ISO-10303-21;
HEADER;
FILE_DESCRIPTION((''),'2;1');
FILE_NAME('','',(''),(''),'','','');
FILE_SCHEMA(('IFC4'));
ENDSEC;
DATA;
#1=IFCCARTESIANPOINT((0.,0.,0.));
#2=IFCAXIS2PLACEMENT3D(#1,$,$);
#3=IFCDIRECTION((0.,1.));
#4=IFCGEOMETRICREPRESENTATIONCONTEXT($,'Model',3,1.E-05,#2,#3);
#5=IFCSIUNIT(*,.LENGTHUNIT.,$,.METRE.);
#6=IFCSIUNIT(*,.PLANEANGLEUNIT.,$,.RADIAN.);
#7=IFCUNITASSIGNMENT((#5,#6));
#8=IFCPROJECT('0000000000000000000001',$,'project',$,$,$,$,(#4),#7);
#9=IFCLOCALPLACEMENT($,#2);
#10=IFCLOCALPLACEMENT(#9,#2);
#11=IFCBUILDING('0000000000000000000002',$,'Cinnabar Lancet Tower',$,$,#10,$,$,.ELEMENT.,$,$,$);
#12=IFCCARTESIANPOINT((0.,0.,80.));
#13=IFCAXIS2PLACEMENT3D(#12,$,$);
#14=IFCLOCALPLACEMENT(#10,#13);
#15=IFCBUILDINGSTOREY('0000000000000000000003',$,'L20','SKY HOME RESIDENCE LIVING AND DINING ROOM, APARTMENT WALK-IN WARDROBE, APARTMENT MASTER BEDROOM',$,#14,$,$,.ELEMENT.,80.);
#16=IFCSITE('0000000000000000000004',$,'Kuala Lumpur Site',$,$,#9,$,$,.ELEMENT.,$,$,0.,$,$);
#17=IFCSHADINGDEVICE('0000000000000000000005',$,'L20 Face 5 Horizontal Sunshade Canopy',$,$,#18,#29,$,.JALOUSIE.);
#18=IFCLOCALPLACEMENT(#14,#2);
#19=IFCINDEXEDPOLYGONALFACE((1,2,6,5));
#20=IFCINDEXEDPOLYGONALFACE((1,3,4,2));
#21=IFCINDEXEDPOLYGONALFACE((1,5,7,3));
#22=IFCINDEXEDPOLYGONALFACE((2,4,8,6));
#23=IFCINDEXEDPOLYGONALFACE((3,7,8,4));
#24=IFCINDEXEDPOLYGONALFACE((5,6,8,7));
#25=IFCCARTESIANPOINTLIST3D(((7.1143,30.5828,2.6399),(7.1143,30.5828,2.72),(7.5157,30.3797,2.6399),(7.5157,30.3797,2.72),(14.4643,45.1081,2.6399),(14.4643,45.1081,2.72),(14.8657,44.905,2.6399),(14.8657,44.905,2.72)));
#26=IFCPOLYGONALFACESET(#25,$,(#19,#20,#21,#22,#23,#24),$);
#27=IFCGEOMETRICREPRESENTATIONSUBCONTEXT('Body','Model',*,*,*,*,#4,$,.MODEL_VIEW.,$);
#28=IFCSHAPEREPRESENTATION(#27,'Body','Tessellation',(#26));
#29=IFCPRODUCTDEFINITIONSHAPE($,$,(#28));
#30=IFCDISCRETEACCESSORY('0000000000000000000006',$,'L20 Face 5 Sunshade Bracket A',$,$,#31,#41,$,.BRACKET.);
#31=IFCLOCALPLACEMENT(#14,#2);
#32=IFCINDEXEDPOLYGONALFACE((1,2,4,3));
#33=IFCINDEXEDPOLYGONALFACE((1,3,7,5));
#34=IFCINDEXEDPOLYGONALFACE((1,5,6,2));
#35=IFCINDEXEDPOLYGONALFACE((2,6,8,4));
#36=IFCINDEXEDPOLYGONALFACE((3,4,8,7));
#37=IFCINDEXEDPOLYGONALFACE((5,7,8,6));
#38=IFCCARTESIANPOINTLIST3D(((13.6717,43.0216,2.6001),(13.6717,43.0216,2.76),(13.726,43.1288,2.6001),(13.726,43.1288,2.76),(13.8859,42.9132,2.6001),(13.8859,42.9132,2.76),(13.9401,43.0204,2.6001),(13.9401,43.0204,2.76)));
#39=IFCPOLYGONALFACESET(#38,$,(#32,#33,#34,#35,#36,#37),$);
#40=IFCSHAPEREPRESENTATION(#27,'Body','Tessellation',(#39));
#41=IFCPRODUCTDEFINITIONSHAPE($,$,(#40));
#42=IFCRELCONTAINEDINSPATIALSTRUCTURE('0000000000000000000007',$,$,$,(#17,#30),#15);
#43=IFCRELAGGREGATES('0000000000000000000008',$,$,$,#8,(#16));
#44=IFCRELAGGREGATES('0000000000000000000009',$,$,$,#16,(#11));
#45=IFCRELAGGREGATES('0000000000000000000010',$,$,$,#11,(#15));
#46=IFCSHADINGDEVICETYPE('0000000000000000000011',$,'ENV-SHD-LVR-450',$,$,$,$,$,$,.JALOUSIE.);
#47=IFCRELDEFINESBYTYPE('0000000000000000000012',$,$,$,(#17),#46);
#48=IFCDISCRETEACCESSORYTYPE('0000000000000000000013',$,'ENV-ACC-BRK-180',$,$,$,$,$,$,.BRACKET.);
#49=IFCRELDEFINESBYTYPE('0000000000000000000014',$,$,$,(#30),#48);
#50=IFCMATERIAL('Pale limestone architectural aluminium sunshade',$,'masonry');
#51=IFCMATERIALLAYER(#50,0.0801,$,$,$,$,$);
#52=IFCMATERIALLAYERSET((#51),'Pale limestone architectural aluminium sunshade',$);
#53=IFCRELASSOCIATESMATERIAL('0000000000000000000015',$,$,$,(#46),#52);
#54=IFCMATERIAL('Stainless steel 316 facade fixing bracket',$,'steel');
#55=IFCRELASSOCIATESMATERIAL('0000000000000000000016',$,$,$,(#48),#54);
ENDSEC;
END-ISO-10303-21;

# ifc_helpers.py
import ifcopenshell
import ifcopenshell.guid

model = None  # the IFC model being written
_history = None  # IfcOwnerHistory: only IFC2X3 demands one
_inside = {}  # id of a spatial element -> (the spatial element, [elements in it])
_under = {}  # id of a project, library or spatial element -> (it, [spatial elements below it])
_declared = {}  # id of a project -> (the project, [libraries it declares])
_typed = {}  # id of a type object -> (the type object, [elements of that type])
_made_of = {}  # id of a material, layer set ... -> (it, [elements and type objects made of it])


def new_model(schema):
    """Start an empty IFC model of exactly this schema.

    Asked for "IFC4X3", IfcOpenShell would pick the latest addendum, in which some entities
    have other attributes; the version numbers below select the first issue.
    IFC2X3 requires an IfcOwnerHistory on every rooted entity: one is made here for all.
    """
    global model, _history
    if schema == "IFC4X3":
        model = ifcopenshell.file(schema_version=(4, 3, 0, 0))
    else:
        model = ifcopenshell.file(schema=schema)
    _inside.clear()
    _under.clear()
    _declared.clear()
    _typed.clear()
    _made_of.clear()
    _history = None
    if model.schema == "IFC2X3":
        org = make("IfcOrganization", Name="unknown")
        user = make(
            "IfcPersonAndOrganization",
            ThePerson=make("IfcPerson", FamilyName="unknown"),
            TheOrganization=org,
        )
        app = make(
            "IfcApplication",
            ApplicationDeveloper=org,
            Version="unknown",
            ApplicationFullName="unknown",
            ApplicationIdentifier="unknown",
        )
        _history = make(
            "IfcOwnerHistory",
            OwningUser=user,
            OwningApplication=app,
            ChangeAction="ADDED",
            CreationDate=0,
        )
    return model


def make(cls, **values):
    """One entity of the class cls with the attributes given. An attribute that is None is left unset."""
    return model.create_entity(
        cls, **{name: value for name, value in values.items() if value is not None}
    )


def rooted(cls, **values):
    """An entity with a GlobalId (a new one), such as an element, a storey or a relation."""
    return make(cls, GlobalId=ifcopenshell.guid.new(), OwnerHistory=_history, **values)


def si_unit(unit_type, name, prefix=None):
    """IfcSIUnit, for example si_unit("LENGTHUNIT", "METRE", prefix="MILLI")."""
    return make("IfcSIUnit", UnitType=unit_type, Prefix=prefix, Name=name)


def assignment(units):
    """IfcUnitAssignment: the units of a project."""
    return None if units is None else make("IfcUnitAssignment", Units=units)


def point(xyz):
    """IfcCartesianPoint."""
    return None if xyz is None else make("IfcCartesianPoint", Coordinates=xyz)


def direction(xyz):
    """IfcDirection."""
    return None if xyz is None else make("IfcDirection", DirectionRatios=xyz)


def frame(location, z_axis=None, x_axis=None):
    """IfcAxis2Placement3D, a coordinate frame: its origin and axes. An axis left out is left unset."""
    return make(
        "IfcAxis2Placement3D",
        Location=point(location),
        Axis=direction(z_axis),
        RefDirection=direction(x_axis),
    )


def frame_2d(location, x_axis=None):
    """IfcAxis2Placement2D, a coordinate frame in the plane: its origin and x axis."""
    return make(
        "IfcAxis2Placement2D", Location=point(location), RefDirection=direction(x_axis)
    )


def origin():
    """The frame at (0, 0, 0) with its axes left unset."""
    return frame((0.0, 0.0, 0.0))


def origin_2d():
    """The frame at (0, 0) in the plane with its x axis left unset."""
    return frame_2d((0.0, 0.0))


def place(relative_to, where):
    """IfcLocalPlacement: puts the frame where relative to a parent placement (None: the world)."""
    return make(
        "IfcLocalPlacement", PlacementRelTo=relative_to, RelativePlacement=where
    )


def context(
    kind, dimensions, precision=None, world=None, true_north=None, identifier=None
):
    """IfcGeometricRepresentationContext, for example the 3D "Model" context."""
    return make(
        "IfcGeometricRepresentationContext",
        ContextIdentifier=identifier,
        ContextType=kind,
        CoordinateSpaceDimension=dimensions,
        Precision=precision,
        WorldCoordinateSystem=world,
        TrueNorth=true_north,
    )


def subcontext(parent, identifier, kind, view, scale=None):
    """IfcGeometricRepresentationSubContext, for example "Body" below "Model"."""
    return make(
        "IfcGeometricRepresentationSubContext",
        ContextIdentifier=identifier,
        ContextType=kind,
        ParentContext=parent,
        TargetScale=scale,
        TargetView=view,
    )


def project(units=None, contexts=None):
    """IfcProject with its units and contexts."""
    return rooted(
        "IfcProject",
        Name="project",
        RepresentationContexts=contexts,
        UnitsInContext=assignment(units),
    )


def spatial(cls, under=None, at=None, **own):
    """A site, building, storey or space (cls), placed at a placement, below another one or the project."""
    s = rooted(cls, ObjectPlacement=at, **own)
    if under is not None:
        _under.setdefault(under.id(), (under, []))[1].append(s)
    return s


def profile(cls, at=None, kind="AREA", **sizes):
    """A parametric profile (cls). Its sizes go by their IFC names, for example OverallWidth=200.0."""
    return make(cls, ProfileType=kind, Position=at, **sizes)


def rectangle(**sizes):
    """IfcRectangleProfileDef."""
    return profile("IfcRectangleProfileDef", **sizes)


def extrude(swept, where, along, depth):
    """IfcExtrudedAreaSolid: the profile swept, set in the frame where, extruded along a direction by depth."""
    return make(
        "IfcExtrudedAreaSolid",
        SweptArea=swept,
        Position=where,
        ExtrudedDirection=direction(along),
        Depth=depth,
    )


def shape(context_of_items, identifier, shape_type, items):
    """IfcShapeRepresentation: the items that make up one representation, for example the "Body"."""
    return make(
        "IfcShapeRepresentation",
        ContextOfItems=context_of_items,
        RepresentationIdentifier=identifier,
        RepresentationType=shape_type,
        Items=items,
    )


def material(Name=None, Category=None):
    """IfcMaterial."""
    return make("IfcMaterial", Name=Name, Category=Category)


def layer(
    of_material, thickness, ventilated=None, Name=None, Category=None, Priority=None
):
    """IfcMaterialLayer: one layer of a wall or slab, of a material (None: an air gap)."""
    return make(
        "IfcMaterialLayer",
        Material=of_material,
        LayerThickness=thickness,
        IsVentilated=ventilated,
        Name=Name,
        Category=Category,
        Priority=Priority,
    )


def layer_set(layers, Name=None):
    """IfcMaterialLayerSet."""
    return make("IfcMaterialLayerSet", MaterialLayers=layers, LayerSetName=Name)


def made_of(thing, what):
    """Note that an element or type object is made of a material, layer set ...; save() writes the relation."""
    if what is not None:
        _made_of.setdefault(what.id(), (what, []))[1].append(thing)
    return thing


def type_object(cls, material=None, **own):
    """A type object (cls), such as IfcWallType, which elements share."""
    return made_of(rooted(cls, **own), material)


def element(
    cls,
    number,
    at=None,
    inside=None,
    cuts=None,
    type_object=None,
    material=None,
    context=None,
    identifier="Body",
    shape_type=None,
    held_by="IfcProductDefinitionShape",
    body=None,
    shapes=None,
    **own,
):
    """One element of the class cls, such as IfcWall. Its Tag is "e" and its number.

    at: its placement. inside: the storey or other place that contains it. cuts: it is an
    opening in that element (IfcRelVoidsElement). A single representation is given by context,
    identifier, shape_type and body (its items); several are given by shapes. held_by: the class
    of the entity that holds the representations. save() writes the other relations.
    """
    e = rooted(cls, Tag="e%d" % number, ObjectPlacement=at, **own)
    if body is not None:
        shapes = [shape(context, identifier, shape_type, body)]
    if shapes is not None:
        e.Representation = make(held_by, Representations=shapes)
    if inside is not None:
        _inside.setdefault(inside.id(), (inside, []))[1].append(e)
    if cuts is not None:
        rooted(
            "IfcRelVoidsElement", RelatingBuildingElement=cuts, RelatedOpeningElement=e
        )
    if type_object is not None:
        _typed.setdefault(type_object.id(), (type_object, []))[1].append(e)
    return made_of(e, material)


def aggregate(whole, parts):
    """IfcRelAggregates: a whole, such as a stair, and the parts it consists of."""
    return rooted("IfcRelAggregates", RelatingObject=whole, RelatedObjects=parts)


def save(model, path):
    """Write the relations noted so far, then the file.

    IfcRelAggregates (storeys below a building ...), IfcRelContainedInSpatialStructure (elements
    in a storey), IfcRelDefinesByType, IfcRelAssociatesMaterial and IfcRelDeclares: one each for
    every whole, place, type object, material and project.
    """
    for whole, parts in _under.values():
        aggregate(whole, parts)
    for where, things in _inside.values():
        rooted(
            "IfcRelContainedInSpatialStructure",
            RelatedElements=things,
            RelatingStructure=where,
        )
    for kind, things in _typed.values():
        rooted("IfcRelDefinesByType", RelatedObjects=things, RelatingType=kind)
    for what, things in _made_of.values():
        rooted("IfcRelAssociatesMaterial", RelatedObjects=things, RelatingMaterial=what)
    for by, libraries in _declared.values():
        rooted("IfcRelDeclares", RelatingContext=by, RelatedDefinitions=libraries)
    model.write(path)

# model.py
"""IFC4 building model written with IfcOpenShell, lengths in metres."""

from ifc_helpers import new_model, si_unit, direction, frame, origin, origin_2d, place, context, subcontext, project, spatial, rectangle, extrude, material, layer, layer_set, type_object, element, save


model = new_model("IFC4")

# Units and contexts
model_context = context("Model", 3, precision=1e-05, world=origin(), true_north=direction((0.0, 1.0)))
body_context = subcontext(model_context, "Body", "Model", "MODEL_VIEW")
ifc_project = project(units=[si_unit("LENGTHUNIT", "METRE"), si_unit("PLANEANGLEUNIT", "RADIAN")], contexts=[model_context])

# Site, building, storey
site_placement = place(None, origin())
site = spatial("IfcSite", under=ifc_project, at=site_placement, Name="Kuala Lumpur Site", CompositionType="ELEMENT", RefElevation=0.0)
building_placement = place(site_placement, origin())
building = spatial("IfcBuilding", under=site, at=building_placement, Name="Cinnabar Lancet Tower", CompositionType="ELEMENT")
storey_placement = place(building_placement, frame((0.0, 0.0, 80.0)))
storey = spatial("IfcBuildingStorey", under=building, at=storey_placement, Name="L20", Description="SKY HOME RESIDENCE LIVING AND DINING ROOM, APARTMENT WALK-IN WARDROBE, APARTMENT MASTER BEDROOM", CompositionType="ELEMENT", Elevation=80.0)

# Shading device
ifc_material_1 = material(Name="Pale limestone architectural aluminium sunshade", Category="masonry")
ifc_layer_1 = layer(ifc_material_1, 0.0801)
ifc_layer_set_1 = layer_set([ifc_layer_1], Name="Pale limestone architectural aluminium sunshade")
shading_device_type = type_object("IfcShadingDeviceType", Name="ENV-SHD-LVR-450", PredefinedType="JALOUSIE", material=ifc_layer_set_1)
shading_device_placement = place(storey_placement, frame((10.99, 37.7439, 2.6399), z_axis=(0.0, 0.0, 1.0), x_axis=(-0.451501, -0.892271, 0.0)))
element("IfcShadingDevice", 1, at=shading_device_placement, inside=storey, type_object=shading_device_type, Name="L20 Face 5 Horizontal Sunshade Canopy", PredefinedType="JALOUSIE", context=body_context, shape_type="SweptSolid", body=[
    extrude(rectangle(XDim=16.2791, YDim=0.45, at=origin_2d()), origin(), (0.0, 0.0, 1.0), 0.0801),
])

# Discrete accessory
ifc_material_2 = material(Name="Stainless steel 316 facade fixing bracket", Category="steel")
discrete_accessory_type = type_object("IfcDiscreteAccessoryType", Name="ENV-ACC-BRK-180", PredefinedType="BRACKET", material=ifc_material_2)
discrete_accessory_placement = place(storey_placement, frame((13.8059, 43.021, 2.6001), z_axis=(0.0, 0.0, 1.0), x_axis=(-0.451501, -0.892271, 0.0)))
element("IfcDiscreteAccessory", 2, at=discrete_accessory_placement, inside=storey, type_object=discrete_accessory_type, Name="L20 Face 5 Sunshade Bracket A", PredefinedType="BRACKET", context=body_context, shape_type="SweptSolid", body=[
    extrude(rectangle(XDim=0.1201, YDim=0.24, at=origin_2d()), origin(), (0.0, 0.0, 1.0), 0.1599),
])

save(model, "model.ifc")
